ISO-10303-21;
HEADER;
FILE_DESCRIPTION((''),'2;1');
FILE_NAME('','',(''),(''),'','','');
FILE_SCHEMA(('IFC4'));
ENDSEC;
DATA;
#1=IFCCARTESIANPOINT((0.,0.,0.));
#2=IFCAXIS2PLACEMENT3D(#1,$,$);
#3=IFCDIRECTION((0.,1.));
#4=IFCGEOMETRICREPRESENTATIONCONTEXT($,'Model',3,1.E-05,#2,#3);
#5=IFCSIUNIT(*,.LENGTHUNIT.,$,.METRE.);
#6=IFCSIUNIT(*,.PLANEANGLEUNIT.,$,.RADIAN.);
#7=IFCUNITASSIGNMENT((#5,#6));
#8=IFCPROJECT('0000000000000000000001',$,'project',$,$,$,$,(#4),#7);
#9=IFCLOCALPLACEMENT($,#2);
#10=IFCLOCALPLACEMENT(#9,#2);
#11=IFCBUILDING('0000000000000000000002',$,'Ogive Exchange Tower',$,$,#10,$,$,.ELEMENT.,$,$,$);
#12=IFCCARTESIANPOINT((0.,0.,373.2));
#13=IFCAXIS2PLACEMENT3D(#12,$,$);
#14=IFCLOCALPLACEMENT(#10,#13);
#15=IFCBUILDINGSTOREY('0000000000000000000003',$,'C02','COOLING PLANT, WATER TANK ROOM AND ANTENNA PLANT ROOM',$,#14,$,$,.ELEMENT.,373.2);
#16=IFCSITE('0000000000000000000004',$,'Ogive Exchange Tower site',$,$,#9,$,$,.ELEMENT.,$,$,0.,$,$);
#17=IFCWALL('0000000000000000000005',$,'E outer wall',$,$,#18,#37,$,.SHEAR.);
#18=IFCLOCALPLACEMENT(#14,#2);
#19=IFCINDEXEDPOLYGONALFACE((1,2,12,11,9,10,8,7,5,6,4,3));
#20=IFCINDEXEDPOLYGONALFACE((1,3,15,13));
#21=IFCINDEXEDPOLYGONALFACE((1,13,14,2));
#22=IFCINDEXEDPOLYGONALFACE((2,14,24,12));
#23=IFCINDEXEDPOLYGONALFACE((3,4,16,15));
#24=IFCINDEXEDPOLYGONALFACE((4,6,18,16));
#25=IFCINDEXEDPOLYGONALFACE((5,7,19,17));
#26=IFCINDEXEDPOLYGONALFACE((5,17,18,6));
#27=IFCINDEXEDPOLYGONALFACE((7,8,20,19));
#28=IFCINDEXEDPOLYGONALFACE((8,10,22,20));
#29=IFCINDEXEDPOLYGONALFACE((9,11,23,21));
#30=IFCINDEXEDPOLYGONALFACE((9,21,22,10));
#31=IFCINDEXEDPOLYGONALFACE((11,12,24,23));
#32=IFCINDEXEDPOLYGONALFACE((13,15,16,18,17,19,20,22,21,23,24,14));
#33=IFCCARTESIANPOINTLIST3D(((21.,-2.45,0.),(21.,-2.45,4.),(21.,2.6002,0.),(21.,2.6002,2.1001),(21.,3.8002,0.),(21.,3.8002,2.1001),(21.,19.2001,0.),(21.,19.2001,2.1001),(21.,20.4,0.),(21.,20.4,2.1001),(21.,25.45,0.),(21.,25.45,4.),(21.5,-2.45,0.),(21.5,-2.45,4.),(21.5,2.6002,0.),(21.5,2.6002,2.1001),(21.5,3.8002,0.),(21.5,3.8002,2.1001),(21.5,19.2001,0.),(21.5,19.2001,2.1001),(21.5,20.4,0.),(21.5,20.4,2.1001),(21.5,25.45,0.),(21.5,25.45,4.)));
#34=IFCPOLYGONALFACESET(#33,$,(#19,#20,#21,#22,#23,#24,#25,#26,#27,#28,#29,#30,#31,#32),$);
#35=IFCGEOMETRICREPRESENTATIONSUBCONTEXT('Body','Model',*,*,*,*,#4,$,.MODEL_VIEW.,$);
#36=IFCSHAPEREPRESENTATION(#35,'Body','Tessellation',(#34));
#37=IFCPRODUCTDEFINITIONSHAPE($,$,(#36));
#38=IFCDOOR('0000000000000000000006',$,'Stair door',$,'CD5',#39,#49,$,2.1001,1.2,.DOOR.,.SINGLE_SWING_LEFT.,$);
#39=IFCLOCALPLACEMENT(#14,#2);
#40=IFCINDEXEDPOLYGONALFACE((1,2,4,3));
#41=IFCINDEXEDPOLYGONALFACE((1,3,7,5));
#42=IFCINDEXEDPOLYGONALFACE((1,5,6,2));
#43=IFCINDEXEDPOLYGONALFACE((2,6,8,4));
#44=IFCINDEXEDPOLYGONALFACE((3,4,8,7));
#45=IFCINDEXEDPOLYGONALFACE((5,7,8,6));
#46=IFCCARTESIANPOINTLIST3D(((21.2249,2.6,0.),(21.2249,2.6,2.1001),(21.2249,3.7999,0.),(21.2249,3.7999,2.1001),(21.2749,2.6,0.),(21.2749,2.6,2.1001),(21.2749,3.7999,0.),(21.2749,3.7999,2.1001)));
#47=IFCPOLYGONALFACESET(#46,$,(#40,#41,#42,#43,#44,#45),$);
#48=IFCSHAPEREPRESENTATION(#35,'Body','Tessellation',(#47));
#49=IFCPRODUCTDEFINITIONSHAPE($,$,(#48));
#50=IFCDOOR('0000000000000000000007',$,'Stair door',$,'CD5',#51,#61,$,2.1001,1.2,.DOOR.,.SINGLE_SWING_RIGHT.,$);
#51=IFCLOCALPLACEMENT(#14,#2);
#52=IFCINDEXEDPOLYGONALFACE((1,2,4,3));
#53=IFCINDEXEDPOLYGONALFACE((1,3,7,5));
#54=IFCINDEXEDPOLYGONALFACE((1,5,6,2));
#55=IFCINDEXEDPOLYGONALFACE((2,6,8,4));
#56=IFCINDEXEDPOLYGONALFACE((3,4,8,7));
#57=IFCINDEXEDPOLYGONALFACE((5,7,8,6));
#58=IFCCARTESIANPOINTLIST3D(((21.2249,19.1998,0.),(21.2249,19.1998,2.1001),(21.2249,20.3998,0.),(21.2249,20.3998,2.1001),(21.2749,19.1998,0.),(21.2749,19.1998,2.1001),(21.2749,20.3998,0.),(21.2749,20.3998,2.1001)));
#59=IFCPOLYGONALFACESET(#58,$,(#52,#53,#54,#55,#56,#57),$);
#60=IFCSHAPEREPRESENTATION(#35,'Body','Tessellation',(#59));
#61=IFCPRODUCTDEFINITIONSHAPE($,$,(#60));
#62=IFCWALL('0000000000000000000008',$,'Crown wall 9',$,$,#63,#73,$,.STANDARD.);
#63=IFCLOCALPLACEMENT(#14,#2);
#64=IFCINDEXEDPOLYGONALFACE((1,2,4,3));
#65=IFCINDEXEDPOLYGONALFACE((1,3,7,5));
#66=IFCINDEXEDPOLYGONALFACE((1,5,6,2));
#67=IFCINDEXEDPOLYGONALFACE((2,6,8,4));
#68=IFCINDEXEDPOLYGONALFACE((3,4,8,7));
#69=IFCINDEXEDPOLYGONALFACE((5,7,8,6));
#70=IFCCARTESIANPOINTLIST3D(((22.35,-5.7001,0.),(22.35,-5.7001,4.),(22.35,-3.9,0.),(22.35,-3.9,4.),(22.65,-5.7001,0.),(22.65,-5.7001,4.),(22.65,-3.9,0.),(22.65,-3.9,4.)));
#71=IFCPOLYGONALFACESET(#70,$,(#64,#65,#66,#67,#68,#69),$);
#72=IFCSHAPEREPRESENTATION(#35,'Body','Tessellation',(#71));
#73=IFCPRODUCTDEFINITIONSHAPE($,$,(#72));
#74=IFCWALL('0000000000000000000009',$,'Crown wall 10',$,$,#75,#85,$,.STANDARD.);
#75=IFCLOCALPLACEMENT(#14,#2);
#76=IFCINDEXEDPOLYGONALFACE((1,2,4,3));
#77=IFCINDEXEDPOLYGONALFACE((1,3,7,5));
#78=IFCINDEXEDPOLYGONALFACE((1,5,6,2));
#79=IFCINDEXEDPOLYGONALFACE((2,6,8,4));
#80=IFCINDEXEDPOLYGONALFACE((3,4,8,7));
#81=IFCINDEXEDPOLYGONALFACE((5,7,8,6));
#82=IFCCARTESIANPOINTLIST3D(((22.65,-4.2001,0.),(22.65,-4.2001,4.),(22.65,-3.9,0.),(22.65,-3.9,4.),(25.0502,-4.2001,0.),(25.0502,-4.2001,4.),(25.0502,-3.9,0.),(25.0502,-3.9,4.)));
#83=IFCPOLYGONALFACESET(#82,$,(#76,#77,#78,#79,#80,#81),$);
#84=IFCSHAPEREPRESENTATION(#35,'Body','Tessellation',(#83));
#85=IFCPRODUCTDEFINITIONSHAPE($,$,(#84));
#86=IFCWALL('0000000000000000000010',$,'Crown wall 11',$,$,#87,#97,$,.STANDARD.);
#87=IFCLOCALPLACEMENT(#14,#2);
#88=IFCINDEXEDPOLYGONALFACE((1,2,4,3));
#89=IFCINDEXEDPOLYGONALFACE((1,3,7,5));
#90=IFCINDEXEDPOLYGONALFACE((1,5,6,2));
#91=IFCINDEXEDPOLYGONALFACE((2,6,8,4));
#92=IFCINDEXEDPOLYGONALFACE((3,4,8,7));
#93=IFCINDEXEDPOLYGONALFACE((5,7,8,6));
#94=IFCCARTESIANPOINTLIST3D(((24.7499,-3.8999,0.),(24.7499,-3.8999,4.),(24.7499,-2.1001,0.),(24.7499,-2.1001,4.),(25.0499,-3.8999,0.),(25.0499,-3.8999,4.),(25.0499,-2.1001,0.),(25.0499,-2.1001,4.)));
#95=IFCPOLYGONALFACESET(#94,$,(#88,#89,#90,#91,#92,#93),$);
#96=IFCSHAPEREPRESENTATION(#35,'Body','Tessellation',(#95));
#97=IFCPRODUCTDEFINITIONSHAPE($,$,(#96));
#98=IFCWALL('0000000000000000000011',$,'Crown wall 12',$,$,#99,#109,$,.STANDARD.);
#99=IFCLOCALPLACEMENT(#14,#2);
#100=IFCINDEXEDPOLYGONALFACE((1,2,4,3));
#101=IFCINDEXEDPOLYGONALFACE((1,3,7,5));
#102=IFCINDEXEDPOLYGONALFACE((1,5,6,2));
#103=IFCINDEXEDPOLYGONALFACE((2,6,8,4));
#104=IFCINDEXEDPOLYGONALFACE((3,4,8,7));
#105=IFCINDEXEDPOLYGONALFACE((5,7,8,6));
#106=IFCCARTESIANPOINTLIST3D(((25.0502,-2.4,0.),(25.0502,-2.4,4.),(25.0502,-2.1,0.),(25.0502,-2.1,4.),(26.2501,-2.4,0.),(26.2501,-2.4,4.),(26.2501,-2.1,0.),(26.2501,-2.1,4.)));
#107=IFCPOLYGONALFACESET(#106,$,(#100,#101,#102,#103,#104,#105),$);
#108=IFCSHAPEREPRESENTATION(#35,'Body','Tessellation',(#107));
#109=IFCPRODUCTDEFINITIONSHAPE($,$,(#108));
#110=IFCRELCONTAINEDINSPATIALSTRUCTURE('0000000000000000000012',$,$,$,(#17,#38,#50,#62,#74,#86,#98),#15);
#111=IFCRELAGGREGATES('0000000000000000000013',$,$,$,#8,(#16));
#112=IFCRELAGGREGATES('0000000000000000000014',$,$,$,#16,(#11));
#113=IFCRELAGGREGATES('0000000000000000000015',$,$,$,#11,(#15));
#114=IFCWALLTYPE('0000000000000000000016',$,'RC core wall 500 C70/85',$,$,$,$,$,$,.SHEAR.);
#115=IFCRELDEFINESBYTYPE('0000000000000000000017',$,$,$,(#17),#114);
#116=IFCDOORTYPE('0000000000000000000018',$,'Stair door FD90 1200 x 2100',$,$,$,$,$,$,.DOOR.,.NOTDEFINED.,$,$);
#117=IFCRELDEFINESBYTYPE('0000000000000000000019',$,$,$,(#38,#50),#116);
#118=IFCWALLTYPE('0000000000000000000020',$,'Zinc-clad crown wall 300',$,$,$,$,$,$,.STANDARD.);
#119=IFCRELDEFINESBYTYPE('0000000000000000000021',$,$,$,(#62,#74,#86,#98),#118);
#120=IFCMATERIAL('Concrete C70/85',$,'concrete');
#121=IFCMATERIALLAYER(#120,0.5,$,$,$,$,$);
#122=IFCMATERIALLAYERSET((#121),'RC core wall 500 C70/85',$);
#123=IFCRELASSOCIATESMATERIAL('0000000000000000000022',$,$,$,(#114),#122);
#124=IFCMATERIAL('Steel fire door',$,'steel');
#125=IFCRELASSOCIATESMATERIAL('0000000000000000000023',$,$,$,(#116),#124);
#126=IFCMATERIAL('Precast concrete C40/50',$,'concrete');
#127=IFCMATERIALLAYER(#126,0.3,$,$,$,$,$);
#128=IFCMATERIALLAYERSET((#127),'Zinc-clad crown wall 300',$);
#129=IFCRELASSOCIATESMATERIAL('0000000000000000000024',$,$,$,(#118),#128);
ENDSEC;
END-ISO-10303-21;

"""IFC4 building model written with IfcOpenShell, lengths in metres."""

from ifc_helpers import new_model, si_unit, direction, frame, frame_2d, origin, place, context, subcontext, project, spatial, rectangle, extrude, material, layer, layer_set, type_object, element, fill, save


model = new_model("IFC4")

# Units and contexts
model_context = context("Model", 3, precision=1e-05, world=origin(), true_north=direction((0.0, 1.0)))
body_context = subcontext(model_context, "Body", "Model", "MODEL_VIEW")
ifc_project = project(units=[si_unit("LENGTHUNIT", "METRE"), si_unit("PLANEANGLEUNIT", "RADIAN")], contexts=[model_context])

# Site, building, storey
site_placement = place(None, origin())
site = spatial("IfcSite", under=ifc_project, at=site_placement, Name="Ogive Exchange Tower site", CompositionType="ELEMENT", RefElevation=0.0)
building_placement = place(site_placement, origin())
building = spatial("IfcBuilding", under=site, at=building_placement, Name="Ogive Exchange Tower", CompositionType="ELEMENT")
storey_placement = place(building_placement, frame((0.0, 0.0, 373.2)))
storey = spatial("IfcBuildingStorey", under=building, at=storey_placement, Name="C02", Description="COOLING PLANT, WATER TANK ROOM AND ANTENNA PLANT ROOM", CompositionType="ELEMENT", Elevation=373.2)

# Wall, openings, doors
ifc_material_1 = material(Name="Concrete C70/85", Category="concrete")
ifc_layer_1 = layer(ifc_material_1, 0.5)
ifc_layer_set_1 = layer_set([ifc_layer_1], Name="RC core wall 500 C70/85")
wall_type_1 = type_object("IfcWallType", Name="RC core wall 500 C70/85", PredefinedType="SHEAR", material=ifc_layer_set_1)
wall_1_placement = place(storey_placement, frame((21.25, -2.45, 0.0), z_axis=(0.0, 0.0, 1.0), x_axis=(0.0, 1.0, 0.0)))
wall_1 = element("IfcWall", 1, at=wall_1_placement, inside=storey, type_object=wall_type_1, Name="E outer wall", PredefinedType="SHEAR", context=body_context, shape_type="SweptSolid", body=[
    extrude(rectangle(XDim=27.8999, YDim=0.5, at=frame_2d((13.95, 0.0))), origin(), (0.0, 0.0, 1.0), 4.0),
])
opening_1_placement = place(wall_1_placement, frame((5.05, 0.0, 0.0)))
opening_1 = element("IfcOpeningElement", 2, at=opening_1_placement, cuts=wall_1, PredefinedType="OPENING", context=body_context, shape_type="SweptSolid", body=[
    extrude(rectangle(XDim=1.2, YDim=2.1001, at=frame_2d((0.6001, 1.05))), frame((0.0, 0.26, 0.0), z_axis=(0.0, -1.0, 0.0), x_axis=(1.0, 0.0, 0.0)), (0.0, 0.0, 1.0), 0.52),
])
opening_2_placement = place(wall_1_placement, frame((21.6499, 0.0, 0.0)))
opening_2 = element("IfcOpeningElement", 3, at=opening_2_placement, cuts=wall_1, PredefinedType="OPENING", context=body_context, shape_type="SweptSolid", body=[
    extrude(rectangle(XDim=1.2, YDim=2.1001, at=frame_2d((0.6001, 1.05))), frame((0.0, 0.26, 0.0), z_axis=(0.0, -1.0, 0.0), x_axis=(1.0, 0.0, 0.0)), (0.0, 0.0, 1.0), 0.52),
])
ifc_material_2 = material(Name="Steel fire door", Category="steel")
door_type = type_object("IfcDoorType", Name="Stair door FD90 1200 x 2100", OperationType="NOTDEFINED", PredefinedType="DOOR", material=ifc_material_2)
door_1_placement = place(opening_1_placement, frame((1.2, 0.0, 0.0), z_axis=(0.0, 0.0, 1.0), x_axis=(-1.0, 0.0, 0.0)))
door_1 = element("IfcDoor", 4, at=door_1_placement, inside=storey, type_object=door_type, Name="Stair door", ObjectType="CD5", OperationType="SINGLE_SWING_LEFT", OverallHeight=2.1001, OverallWidth=1.2, PredefinedType="DOOR", context=body_context, shape_type="SweptSolid", body=[
    extrude(rectangle(XDim=1.2, YDim=2.1001, at=frame_2d((0.6001, 1.05))), frame((0.0, 0.0249, 0.0), z_axis=(0.0, -1.0, 0.0), x_axis=(1.0, 0.0, 0.0)), (0.0, 0.0, 1.0), 0.05),
])
fill(opening_1, door_1)
door_2_placement = place(opening_2_placement, frame((1.2, 0.0, 0.0), z_axis=(0.0, 0.0, 1.0), x_axis=(-1.0, 0.0, 0.0)))
door_2 = element("IfcDoor", 5, at=door_2_placement, inside=storey, type_object=door_type, Name="Stair door", ObjectType="CD5", OperationType="SINGLE_SWING_RIGHT", OverallHeight=2.1001, OverallWidth=1.2, PredefinedType="DOOR", context=body_context, shape_type="SweptSolid", body=[
    extrude(rectangle(XDim=1.2, YDim=2.1001, at=frame_2d((0.6001, 1.05))), frame((0.0, 0.0249, 0.0), z_axis=(0.0, -1.0, 0.0), x_axis=(1.0, 0.0, 0.0)), (0.0, 0.0, 1.0), 0.05),
])
fill(opening_2, door_2)

# Walls
ifc_material_3 = material(Name="Precast concrete C40/50", Category="concrete")
ifc_layer_2 = layer(ifc_material_3, 0.3)
ifc_layer_set_2 = layer_set([ifc_layer_2], Name="Zinc-clad crown wall 300")
wall_type_2 = type_object("IfcWallType", Name="Zinc-clad crown wall 300", PredefinedType="STANDARD", material=ifc_layer_set_2)
wall_2_placement = place(storey_placement, frame((22.5, -5.7, 0.0), z_axis=(0.0, 0.0, 1.0), x_axis=(0.0, 1.0, 0.0)))
element("IfcWall", 6, at=wall_2_placement, inside=storey, type_object=wall_type_2, Name="Crown wall 9", PredefinedType="STANDARD", context=body_context, shape_type="SweptSolid", body=[
    extrude(rectangle(XDim=1.8, YDim=0.3, at=frame_2d((0.8999, 0.0))), origin(), (0.0, 0.0, 1.0), 4.0),
])
wall_3_placement = place(storey_placement, frame((22.6499, -4.05, 0.0), z_axis=(0.0, 0.0, 1.0), x_axis=(1.0, 0.0, 0.0)))
element("IfcWall", 7, at=wall_3_placement, inside=storey, type_object=wall_type_2, Name="Crown wall 10", PredefinedType="STANDARD", context=body_context, shape_type="SweptSolid", body=[
    extrude(rectangle(XDim=2.4001, YDim=0.3, at=frame_2d((1.2002, 0.0))), origin(), (0.0, 0.0, 1.0), 4.0),
])
wall_4_placement = place(storey_placement, frame((24.8999, -3.8999, 0.0), z_axis=(0.0, 0.0, 1.0), x_axis=(0.0, 1.0, 0.0)))
element("IfcWall", 8, at=wall_4_placement, inside=storey, type_object=wall_type_2, Name="Crown wall 11", PredefinedType="STANDARD", context=body_context, shape_type="SweptSolid", body=[
    extrude(rectangle(XDim=1.7998, YDim=0.3, at=frame_2d((0.8999, 0.0))), origin(), (0.0, 0.0, 1.0), 4.0),
])
wall_5_placement = place(storey_placement, frame((25.05, -2.25, 0.0), z_axis=(0.0, 0.0, 1.0), x_axis=(1.0, 0.0, 0.0)))
element("IfcWall", 9, at=wall_5_placement, inside=storey, type_object=wall_type_2, Name="Crown wall 12", PredefinedType="STANDARD", context=body_context, shape_type="SweptSolid", body=[
    extrude(rectangle(XDim=1.2, YDim=0.3, at=frame_2d((0.6001, 0.0))), origin(), (0.0, 0.0, 1.0), 4.0),
])

save(model, "model.ifc")
